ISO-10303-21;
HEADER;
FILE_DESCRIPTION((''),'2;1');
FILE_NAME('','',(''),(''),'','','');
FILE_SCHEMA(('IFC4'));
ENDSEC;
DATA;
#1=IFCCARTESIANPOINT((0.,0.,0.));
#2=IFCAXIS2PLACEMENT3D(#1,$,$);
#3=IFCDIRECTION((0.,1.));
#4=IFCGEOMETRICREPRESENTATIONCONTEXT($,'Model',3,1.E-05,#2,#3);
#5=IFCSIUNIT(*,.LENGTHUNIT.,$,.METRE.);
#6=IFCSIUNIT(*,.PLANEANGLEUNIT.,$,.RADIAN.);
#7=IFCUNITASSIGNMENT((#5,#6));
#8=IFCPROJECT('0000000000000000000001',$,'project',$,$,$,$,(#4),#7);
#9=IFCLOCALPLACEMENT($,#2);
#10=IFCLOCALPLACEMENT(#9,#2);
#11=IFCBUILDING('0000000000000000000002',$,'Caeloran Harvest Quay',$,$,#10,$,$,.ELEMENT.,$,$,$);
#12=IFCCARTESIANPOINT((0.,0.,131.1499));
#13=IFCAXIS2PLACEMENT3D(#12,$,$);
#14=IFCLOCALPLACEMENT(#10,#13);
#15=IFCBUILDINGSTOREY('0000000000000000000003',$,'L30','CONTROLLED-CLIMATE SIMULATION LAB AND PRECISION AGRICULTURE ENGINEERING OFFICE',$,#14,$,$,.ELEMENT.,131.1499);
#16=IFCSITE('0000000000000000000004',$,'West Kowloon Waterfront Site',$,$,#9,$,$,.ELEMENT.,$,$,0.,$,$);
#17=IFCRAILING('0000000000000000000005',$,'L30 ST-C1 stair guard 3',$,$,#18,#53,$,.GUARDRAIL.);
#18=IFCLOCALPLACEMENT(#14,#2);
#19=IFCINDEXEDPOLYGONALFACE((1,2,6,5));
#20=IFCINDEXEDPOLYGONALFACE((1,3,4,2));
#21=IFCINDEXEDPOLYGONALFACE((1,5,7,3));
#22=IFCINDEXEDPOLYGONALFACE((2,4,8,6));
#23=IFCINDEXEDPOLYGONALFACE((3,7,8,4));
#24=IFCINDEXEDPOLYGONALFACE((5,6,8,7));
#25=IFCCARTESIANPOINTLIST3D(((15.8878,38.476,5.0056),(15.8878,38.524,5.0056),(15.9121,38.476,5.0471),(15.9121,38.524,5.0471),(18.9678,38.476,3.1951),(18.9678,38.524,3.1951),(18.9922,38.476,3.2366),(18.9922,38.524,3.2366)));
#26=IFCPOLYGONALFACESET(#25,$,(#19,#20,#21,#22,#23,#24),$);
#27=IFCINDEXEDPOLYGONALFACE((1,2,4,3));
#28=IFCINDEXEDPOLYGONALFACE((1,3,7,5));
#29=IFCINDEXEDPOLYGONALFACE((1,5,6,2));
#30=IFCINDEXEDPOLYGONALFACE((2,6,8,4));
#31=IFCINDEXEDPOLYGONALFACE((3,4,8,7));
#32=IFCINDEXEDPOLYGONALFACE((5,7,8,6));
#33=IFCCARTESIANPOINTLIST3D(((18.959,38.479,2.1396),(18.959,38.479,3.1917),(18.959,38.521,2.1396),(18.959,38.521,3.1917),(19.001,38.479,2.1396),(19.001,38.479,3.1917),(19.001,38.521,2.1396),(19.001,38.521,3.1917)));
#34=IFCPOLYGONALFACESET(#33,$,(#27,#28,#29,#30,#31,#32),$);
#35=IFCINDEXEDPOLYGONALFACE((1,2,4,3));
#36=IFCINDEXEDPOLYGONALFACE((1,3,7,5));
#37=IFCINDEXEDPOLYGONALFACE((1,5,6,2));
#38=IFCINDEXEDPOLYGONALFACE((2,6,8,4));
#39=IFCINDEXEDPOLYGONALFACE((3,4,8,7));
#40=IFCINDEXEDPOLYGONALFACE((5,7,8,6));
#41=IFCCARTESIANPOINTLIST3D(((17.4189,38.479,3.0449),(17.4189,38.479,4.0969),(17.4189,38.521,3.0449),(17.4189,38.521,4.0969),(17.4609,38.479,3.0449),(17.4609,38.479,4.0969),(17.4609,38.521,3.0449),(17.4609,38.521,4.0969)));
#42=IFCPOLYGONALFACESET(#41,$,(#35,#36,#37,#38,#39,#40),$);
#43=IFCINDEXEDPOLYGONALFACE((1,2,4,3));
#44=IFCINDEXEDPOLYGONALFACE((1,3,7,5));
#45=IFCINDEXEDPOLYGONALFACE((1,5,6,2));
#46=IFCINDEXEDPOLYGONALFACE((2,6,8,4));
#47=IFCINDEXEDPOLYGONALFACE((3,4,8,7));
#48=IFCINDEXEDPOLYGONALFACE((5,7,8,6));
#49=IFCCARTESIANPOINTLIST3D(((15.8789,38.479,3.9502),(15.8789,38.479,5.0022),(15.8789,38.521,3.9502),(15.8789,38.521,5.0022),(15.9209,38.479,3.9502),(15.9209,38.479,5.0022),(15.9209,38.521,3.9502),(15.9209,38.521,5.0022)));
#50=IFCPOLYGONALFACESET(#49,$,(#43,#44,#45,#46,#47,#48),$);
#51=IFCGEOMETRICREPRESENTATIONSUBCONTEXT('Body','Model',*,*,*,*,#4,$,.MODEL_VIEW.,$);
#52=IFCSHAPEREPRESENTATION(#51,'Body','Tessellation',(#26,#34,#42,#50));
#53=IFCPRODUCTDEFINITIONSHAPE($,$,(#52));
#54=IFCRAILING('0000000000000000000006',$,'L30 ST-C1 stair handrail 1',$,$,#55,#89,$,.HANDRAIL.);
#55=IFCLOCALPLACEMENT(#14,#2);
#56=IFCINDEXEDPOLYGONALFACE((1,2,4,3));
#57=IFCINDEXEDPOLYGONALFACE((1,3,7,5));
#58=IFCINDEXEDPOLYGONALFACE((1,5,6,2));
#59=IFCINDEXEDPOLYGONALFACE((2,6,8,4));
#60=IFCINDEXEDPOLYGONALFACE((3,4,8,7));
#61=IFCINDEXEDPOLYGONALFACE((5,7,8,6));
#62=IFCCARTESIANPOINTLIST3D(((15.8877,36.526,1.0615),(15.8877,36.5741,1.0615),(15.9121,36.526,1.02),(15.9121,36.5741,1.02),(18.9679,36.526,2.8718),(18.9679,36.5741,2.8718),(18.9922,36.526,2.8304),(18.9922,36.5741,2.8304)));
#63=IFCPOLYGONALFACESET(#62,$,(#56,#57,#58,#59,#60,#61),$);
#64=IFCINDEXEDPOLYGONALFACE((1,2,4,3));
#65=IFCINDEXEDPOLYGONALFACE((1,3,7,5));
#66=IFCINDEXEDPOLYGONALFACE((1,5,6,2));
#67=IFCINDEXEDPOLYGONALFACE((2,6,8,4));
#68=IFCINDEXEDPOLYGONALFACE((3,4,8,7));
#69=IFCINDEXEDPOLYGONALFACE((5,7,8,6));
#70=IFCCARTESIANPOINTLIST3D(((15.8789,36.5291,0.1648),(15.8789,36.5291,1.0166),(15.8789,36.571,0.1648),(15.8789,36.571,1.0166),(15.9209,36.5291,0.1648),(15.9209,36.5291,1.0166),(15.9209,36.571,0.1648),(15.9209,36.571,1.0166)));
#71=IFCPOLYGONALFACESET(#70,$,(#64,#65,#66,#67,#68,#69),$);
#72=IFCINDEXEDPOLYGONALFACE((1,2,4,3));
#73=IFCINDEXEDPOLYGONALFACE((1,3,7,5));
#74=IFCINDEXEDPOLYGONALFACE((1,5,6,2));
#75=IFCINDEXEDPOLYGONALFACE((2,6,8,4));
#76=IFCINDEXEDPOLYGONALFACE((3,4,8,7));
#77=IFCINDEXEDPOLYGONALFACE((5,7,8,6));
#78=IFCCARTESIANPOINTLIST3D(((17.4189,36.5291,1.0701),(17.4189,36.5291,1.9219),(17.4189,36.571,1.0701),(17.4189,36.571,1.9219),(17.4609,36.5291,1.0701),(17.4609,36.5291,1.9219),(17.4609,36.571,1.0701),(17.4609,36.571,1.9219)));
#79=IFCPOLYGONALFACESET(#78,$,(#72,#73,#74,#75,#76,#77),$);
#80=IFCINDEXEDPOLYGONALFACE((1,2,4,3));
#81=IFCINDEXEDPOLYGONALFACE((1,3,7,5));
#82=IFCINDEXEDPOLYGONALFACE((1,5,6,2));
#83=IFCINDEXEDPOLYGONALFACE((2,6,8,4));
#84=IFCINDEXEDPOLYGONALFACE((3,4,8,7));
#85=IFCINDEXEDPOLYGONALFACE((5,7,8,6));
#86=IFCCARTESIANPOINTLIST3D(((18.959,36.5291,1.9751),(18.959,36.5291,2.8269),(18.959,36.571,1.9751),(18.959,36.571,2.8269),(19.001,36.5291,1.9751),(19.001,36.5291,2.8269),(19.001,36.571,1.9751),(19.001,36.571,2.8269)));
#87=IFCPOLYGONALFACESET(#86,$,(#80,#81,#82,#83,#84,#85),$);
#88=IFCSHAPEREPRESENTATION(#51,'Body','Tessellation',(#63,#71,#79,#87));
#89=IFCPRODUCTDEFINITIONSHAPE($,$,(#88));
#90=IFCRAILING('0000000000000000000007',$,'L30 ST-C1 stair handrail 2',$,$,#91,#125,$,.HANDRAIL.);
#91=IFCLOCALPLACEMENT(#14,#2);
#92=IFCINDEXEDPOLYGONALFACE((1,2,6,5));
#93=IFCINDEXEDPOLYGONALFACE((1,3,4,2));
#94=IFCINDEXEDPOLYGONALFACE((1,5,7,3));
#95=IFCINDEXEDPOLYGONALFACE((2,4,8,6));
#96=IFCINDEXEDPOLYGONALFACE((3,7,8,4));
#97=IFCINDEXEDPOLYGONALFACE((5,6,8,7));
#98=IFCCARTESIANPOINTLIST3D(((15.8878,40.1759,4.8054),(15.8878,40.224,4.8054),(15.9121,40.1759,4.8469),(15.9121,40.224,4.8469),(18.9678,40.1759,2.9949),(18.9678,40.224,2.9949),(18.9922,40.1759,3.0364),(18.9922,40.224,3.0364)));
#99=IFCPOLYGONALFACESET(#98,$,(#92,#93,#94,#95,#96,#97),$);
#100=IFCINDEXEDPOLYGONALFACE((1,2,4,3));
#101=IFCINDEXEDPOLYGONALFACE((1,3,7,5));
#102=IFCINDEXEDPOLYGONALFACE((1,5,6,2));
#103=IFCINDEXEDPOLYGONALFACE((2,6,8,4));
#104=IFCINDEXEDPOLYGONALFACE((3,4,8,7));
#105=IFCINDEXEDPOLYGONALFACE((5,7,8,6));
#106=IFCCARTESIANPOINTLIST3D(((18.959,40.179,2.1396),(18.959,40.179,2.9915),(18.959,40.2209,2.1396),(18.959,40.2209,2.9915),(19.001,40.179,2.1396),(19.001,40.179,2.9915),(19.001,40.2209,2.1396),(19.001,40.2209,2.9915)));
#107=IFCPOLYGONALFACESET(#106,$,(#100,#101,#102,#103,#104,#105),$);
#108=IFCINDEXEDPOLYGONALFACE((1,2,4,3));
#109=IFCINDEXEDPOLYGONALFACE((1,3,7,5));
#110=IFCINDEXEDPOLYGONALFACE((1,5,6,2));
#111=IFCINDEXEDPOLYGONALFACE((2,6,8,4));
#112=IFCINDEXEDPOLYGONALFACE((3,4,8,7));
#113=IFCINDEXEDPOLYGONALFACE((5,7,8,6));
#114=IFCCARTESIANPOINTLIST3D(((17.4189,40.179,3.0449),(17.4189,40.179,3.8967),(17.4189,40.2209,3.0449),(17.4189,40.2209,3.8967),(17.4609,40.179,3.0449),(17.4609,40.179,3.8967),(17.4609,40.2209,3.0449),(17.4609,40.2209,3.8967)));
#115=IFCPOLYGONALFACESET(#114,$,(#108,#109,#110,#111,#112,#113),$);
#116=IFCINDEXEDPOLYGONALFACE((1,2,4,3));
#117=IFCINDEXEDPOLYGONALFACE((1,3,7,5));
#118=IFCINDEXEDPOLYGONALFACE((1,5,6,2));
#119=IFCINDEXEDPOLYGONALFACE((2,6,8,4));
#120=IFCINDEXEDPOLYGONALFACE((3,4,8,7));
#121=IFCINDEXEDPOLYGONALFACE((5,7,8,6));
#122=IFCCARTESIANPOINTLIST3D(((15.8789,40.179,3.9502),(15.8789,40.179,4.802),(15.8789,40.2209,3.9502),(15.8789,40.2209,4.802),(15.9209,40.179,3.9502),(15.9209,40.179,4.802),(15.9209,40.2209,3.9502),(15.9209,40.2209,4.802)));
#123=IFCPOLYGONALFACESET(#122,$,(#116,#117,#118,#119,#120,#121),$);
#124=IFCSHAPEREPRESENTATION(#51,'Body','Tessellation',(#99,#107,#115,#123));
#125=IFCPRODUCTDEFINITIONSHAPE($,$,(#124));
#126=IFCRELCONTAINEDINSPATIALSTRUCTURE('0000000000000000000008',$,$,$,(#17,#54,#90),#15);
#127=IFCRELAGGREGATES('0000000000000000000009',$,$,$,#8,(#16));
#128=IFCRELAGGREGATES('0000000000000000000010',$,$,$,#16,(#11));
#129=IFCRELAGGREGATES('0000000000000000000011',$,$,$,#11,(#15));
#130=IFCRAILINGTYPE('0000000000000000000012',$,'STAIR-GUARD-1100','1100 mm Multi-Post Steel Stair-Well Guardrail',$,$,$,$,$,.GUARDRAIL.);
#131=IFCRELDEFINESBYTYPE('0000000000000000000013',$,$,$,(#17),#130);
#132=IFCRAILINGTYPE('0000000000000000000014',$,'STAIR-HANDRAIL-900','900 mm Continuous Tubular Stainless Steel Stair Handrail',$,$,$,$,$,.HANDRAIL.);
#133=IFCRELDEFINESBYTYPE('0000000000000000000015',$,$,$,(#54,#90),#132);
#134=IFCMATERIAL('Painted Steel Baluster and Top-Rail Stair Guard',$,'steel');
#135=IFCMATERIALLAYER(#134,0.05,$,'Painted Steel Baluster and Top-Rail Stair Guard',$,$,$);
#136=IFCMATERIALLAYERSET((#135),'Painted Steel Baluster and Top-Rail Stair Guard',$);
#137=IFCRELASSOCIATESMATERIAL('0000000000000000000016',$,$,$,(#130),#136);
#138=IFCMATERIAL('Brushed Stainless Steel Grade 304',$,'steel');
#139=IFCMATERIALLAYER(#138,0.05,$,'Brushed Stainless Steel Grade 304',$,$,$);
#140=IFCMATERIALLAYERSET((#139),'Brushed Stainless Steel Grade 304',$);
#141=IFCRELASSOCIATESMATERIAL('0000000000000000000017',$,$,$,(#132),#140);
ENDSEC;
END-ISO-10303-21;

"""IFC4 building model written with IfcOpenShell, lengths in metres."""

from ifc_helpers import new_model, si_unit, direction, frame, origin, origin_2d, place, context, subcontext, project, spatial, rectangle, extrude, material, layer, layer_set, type_object, element, save


model = new_model("IFC4")

# Units and contexts
model_context = context("Model", 3, precision=1e-05, world=origin(), true_north=direction((0.0, 1.0)))
body_context = subcontext(model_context, "Body", "Model", "MODEL_VIEW")
ifc_project = project(units=[si_unit("LENGTHUNIT", "METRE"), si_unit("PLANEANGLEUNIT", "RADIAN")], contexts=[model_context])

# Site, building, storey
site_placement = place(None, origin())
site = spatial("IfcSite", under=ifc_project, at=site_placement, Name="West Kowloon Waterfront Site", CompositionType="ELEMENT", RefElevation=0.0)
building_placement = place(site_placement, origin())
building = spatial("IfcBuilding", under=site, at=building_placement, Name="Caeloran Harvest Quay", CompositionType="ELEMENT")
storey_placement = place(building_placement, frame((0.0, 0.0, 131.1499)))
storey = spatial("IfcBuildingStorey", under=building, at=storey_placement, Name="L30", Description="CONTROLLED-CLIMATE SIMULATION LAB AND PRECISION AGRICULTURE ENGINEERING OFFICE", CompositionType="ELEMENT", Elevation=131.1499)

# Railings
ifc_material_1 = material(Name="Painted Steel Baluster and Top-Rail Stair Guard", Category="steel")
ifc_layer_1 = layer(ifc_material_1, 0.05, Name="Painted Steel Baluster and Top-Rail Stair Guard")
ifc_layer_set_1 = layer_set([ifc_layer_1], Name="Painted Steel Baluster and Top-Rail Stair Guard")
railing_type_1 = type_object("IfcRailingType", Name="STAIR-GUARD-1100", Description="1100 mm Multi-Post Steel Stair-Well Guardrail", PredefinedType="GUARDRAIL", material=ifc_layer_set_1)
railing_1_placement = place(storey_placement, frame((18.98, 38.5, 2.1396)))
element("IfcRailing", 1, at=railing_1_placement, inside=storey, type_object=railing_type_1, Name="L30 ST-C1 stair guard 3", PredefinedType="GUARDRAIL", context=body_context, shape_type="SweptSolid", body=[
    extrude(rectangle(XDim=0.0481, YDim=0.0481, at=origin_2d()), frame((0.0, 0.0, 1.0762), z_axis=(-0.862089, 0.0, 0.506757), x_axis=(0.0, -1.0, 0.0)), (0.0, 0.0, 1.0), 3.5728),
    extrude(rectangle(XDim=0.042, YDim=0.042, at=origin_2d()), origin(), (0.0, 0.0, 1.0), 1.052),
    extrude(rectangle(XDim=0.042, YDim=0.042, at=origin_2d()), frame((-1.54, 0.0, 0.9053)), (0.0, 0.0, 1.0), 1.052),
    extrude(rectangle(XDim=0.042, YDim=0.042, at=origin_2d()), frame((-3.0801, 0.0, 1.8105)), (0.0, 0.0, 1.0), 1.052),
])
ifc_material_2 = material(Name="Brushed Stainless Steel Grade 304", Category="steel")
ifc_layer_2 = layer(ifc_material_2, 0.05, Name="Brushed Stainless Steel Grade 304")
ifc_layer_set_2 = layer_set([ifc_layer_2], Name="Brushed Stainless Steel Grade 304")
railing_type_2 = type_object("IfcRailingType", Name="STAIR-HANDRAIL-900", Description="900 mm Continuous Tubular Stainless Steel Stair Handrail", PredefinedType="HANDRAIL", material=ifc_layer_set_2)
railing_2_placement = place(storey_placement, frame((15.8999, 36.55, 0.1648)))
element("IfcRailing", 2, at=railing_2_placement, inside=storey, type_object=railing_type_2, Name="L30 ST-C1 stair handrail 1", PredefinedType="HANDRAIL", context=body_context, shape_type="SweptSolid", body=[
    extrude(rectangle(XDim=0.0481, YDim=0.0481, at=origin_2d()), frame((0.0, 0.0, 0.876), z_axis=(0.862119, 0.0, 0.506707), x_axis=(0.0, 1.0, 0.0)), (0.0, 0.0, 1.0), 3.5728),
    extrude(rectangle(XDim=0.042, YDim=0.042, at=origin_2d()), origin(), (0.0, 0.0, 1.0), 0.8518),
    extrude(rectangle(XDim=0.042, YDim=0.042, at=origin_2d()), frame((1.54, 0.0, 0.9053)), (0.0, 0.0, 1.0), 0.8518),
    extrude(rectangle(XDim=0.042, YDim=0.042, at=origin_2d()), frame((3.0801, 0.0, 1.8103)), (0.0, 0.0, 1.0), 0.8518),
])
railing_3_placement = place(storey_placement, frame((18.98, 40.2, 2.1396)))
element("IfcRailing", 3, at=railing_3_placement, inside=storey, type_object=railing_type_2, Name="L30 ST-C1 stair handrail 2", PredefinedType="HANDRAIL", context=body_context, shape_type="SweptSolid", body=[
    extrude(rectangle(XDim=0.0481, YDim=0.0481, at=origin_2d()), frame((0.0, 0.0, 0.876), z_axis=(-0.862089, 0.0, 0.506757), x_axis=(0.0, -1.0, 0.0)), (0.0, 0.0, 1.0), 3.5728),
    extrude(rectangle(XDim=0.042, YDim=0.042, at=origin_2d()), origin(), (0.0, 0.0, 1.0), 0.8518),
    extrude(rectangle(XDim=0.042, YDim=0.042, at=origin_2d()), frame((-1.54, 0.0, 0.9053)), (0.0, 0.0, 1.0), 0.8518),
    extrude(rectangle(XDim=0.042, YDim=0.042, at=origin_2d()), frame((-3.0801, 0.0, 1.8105)), (0.0, 0.0, 1.0), 0.8518),
])

save(model, "model.ifc")
